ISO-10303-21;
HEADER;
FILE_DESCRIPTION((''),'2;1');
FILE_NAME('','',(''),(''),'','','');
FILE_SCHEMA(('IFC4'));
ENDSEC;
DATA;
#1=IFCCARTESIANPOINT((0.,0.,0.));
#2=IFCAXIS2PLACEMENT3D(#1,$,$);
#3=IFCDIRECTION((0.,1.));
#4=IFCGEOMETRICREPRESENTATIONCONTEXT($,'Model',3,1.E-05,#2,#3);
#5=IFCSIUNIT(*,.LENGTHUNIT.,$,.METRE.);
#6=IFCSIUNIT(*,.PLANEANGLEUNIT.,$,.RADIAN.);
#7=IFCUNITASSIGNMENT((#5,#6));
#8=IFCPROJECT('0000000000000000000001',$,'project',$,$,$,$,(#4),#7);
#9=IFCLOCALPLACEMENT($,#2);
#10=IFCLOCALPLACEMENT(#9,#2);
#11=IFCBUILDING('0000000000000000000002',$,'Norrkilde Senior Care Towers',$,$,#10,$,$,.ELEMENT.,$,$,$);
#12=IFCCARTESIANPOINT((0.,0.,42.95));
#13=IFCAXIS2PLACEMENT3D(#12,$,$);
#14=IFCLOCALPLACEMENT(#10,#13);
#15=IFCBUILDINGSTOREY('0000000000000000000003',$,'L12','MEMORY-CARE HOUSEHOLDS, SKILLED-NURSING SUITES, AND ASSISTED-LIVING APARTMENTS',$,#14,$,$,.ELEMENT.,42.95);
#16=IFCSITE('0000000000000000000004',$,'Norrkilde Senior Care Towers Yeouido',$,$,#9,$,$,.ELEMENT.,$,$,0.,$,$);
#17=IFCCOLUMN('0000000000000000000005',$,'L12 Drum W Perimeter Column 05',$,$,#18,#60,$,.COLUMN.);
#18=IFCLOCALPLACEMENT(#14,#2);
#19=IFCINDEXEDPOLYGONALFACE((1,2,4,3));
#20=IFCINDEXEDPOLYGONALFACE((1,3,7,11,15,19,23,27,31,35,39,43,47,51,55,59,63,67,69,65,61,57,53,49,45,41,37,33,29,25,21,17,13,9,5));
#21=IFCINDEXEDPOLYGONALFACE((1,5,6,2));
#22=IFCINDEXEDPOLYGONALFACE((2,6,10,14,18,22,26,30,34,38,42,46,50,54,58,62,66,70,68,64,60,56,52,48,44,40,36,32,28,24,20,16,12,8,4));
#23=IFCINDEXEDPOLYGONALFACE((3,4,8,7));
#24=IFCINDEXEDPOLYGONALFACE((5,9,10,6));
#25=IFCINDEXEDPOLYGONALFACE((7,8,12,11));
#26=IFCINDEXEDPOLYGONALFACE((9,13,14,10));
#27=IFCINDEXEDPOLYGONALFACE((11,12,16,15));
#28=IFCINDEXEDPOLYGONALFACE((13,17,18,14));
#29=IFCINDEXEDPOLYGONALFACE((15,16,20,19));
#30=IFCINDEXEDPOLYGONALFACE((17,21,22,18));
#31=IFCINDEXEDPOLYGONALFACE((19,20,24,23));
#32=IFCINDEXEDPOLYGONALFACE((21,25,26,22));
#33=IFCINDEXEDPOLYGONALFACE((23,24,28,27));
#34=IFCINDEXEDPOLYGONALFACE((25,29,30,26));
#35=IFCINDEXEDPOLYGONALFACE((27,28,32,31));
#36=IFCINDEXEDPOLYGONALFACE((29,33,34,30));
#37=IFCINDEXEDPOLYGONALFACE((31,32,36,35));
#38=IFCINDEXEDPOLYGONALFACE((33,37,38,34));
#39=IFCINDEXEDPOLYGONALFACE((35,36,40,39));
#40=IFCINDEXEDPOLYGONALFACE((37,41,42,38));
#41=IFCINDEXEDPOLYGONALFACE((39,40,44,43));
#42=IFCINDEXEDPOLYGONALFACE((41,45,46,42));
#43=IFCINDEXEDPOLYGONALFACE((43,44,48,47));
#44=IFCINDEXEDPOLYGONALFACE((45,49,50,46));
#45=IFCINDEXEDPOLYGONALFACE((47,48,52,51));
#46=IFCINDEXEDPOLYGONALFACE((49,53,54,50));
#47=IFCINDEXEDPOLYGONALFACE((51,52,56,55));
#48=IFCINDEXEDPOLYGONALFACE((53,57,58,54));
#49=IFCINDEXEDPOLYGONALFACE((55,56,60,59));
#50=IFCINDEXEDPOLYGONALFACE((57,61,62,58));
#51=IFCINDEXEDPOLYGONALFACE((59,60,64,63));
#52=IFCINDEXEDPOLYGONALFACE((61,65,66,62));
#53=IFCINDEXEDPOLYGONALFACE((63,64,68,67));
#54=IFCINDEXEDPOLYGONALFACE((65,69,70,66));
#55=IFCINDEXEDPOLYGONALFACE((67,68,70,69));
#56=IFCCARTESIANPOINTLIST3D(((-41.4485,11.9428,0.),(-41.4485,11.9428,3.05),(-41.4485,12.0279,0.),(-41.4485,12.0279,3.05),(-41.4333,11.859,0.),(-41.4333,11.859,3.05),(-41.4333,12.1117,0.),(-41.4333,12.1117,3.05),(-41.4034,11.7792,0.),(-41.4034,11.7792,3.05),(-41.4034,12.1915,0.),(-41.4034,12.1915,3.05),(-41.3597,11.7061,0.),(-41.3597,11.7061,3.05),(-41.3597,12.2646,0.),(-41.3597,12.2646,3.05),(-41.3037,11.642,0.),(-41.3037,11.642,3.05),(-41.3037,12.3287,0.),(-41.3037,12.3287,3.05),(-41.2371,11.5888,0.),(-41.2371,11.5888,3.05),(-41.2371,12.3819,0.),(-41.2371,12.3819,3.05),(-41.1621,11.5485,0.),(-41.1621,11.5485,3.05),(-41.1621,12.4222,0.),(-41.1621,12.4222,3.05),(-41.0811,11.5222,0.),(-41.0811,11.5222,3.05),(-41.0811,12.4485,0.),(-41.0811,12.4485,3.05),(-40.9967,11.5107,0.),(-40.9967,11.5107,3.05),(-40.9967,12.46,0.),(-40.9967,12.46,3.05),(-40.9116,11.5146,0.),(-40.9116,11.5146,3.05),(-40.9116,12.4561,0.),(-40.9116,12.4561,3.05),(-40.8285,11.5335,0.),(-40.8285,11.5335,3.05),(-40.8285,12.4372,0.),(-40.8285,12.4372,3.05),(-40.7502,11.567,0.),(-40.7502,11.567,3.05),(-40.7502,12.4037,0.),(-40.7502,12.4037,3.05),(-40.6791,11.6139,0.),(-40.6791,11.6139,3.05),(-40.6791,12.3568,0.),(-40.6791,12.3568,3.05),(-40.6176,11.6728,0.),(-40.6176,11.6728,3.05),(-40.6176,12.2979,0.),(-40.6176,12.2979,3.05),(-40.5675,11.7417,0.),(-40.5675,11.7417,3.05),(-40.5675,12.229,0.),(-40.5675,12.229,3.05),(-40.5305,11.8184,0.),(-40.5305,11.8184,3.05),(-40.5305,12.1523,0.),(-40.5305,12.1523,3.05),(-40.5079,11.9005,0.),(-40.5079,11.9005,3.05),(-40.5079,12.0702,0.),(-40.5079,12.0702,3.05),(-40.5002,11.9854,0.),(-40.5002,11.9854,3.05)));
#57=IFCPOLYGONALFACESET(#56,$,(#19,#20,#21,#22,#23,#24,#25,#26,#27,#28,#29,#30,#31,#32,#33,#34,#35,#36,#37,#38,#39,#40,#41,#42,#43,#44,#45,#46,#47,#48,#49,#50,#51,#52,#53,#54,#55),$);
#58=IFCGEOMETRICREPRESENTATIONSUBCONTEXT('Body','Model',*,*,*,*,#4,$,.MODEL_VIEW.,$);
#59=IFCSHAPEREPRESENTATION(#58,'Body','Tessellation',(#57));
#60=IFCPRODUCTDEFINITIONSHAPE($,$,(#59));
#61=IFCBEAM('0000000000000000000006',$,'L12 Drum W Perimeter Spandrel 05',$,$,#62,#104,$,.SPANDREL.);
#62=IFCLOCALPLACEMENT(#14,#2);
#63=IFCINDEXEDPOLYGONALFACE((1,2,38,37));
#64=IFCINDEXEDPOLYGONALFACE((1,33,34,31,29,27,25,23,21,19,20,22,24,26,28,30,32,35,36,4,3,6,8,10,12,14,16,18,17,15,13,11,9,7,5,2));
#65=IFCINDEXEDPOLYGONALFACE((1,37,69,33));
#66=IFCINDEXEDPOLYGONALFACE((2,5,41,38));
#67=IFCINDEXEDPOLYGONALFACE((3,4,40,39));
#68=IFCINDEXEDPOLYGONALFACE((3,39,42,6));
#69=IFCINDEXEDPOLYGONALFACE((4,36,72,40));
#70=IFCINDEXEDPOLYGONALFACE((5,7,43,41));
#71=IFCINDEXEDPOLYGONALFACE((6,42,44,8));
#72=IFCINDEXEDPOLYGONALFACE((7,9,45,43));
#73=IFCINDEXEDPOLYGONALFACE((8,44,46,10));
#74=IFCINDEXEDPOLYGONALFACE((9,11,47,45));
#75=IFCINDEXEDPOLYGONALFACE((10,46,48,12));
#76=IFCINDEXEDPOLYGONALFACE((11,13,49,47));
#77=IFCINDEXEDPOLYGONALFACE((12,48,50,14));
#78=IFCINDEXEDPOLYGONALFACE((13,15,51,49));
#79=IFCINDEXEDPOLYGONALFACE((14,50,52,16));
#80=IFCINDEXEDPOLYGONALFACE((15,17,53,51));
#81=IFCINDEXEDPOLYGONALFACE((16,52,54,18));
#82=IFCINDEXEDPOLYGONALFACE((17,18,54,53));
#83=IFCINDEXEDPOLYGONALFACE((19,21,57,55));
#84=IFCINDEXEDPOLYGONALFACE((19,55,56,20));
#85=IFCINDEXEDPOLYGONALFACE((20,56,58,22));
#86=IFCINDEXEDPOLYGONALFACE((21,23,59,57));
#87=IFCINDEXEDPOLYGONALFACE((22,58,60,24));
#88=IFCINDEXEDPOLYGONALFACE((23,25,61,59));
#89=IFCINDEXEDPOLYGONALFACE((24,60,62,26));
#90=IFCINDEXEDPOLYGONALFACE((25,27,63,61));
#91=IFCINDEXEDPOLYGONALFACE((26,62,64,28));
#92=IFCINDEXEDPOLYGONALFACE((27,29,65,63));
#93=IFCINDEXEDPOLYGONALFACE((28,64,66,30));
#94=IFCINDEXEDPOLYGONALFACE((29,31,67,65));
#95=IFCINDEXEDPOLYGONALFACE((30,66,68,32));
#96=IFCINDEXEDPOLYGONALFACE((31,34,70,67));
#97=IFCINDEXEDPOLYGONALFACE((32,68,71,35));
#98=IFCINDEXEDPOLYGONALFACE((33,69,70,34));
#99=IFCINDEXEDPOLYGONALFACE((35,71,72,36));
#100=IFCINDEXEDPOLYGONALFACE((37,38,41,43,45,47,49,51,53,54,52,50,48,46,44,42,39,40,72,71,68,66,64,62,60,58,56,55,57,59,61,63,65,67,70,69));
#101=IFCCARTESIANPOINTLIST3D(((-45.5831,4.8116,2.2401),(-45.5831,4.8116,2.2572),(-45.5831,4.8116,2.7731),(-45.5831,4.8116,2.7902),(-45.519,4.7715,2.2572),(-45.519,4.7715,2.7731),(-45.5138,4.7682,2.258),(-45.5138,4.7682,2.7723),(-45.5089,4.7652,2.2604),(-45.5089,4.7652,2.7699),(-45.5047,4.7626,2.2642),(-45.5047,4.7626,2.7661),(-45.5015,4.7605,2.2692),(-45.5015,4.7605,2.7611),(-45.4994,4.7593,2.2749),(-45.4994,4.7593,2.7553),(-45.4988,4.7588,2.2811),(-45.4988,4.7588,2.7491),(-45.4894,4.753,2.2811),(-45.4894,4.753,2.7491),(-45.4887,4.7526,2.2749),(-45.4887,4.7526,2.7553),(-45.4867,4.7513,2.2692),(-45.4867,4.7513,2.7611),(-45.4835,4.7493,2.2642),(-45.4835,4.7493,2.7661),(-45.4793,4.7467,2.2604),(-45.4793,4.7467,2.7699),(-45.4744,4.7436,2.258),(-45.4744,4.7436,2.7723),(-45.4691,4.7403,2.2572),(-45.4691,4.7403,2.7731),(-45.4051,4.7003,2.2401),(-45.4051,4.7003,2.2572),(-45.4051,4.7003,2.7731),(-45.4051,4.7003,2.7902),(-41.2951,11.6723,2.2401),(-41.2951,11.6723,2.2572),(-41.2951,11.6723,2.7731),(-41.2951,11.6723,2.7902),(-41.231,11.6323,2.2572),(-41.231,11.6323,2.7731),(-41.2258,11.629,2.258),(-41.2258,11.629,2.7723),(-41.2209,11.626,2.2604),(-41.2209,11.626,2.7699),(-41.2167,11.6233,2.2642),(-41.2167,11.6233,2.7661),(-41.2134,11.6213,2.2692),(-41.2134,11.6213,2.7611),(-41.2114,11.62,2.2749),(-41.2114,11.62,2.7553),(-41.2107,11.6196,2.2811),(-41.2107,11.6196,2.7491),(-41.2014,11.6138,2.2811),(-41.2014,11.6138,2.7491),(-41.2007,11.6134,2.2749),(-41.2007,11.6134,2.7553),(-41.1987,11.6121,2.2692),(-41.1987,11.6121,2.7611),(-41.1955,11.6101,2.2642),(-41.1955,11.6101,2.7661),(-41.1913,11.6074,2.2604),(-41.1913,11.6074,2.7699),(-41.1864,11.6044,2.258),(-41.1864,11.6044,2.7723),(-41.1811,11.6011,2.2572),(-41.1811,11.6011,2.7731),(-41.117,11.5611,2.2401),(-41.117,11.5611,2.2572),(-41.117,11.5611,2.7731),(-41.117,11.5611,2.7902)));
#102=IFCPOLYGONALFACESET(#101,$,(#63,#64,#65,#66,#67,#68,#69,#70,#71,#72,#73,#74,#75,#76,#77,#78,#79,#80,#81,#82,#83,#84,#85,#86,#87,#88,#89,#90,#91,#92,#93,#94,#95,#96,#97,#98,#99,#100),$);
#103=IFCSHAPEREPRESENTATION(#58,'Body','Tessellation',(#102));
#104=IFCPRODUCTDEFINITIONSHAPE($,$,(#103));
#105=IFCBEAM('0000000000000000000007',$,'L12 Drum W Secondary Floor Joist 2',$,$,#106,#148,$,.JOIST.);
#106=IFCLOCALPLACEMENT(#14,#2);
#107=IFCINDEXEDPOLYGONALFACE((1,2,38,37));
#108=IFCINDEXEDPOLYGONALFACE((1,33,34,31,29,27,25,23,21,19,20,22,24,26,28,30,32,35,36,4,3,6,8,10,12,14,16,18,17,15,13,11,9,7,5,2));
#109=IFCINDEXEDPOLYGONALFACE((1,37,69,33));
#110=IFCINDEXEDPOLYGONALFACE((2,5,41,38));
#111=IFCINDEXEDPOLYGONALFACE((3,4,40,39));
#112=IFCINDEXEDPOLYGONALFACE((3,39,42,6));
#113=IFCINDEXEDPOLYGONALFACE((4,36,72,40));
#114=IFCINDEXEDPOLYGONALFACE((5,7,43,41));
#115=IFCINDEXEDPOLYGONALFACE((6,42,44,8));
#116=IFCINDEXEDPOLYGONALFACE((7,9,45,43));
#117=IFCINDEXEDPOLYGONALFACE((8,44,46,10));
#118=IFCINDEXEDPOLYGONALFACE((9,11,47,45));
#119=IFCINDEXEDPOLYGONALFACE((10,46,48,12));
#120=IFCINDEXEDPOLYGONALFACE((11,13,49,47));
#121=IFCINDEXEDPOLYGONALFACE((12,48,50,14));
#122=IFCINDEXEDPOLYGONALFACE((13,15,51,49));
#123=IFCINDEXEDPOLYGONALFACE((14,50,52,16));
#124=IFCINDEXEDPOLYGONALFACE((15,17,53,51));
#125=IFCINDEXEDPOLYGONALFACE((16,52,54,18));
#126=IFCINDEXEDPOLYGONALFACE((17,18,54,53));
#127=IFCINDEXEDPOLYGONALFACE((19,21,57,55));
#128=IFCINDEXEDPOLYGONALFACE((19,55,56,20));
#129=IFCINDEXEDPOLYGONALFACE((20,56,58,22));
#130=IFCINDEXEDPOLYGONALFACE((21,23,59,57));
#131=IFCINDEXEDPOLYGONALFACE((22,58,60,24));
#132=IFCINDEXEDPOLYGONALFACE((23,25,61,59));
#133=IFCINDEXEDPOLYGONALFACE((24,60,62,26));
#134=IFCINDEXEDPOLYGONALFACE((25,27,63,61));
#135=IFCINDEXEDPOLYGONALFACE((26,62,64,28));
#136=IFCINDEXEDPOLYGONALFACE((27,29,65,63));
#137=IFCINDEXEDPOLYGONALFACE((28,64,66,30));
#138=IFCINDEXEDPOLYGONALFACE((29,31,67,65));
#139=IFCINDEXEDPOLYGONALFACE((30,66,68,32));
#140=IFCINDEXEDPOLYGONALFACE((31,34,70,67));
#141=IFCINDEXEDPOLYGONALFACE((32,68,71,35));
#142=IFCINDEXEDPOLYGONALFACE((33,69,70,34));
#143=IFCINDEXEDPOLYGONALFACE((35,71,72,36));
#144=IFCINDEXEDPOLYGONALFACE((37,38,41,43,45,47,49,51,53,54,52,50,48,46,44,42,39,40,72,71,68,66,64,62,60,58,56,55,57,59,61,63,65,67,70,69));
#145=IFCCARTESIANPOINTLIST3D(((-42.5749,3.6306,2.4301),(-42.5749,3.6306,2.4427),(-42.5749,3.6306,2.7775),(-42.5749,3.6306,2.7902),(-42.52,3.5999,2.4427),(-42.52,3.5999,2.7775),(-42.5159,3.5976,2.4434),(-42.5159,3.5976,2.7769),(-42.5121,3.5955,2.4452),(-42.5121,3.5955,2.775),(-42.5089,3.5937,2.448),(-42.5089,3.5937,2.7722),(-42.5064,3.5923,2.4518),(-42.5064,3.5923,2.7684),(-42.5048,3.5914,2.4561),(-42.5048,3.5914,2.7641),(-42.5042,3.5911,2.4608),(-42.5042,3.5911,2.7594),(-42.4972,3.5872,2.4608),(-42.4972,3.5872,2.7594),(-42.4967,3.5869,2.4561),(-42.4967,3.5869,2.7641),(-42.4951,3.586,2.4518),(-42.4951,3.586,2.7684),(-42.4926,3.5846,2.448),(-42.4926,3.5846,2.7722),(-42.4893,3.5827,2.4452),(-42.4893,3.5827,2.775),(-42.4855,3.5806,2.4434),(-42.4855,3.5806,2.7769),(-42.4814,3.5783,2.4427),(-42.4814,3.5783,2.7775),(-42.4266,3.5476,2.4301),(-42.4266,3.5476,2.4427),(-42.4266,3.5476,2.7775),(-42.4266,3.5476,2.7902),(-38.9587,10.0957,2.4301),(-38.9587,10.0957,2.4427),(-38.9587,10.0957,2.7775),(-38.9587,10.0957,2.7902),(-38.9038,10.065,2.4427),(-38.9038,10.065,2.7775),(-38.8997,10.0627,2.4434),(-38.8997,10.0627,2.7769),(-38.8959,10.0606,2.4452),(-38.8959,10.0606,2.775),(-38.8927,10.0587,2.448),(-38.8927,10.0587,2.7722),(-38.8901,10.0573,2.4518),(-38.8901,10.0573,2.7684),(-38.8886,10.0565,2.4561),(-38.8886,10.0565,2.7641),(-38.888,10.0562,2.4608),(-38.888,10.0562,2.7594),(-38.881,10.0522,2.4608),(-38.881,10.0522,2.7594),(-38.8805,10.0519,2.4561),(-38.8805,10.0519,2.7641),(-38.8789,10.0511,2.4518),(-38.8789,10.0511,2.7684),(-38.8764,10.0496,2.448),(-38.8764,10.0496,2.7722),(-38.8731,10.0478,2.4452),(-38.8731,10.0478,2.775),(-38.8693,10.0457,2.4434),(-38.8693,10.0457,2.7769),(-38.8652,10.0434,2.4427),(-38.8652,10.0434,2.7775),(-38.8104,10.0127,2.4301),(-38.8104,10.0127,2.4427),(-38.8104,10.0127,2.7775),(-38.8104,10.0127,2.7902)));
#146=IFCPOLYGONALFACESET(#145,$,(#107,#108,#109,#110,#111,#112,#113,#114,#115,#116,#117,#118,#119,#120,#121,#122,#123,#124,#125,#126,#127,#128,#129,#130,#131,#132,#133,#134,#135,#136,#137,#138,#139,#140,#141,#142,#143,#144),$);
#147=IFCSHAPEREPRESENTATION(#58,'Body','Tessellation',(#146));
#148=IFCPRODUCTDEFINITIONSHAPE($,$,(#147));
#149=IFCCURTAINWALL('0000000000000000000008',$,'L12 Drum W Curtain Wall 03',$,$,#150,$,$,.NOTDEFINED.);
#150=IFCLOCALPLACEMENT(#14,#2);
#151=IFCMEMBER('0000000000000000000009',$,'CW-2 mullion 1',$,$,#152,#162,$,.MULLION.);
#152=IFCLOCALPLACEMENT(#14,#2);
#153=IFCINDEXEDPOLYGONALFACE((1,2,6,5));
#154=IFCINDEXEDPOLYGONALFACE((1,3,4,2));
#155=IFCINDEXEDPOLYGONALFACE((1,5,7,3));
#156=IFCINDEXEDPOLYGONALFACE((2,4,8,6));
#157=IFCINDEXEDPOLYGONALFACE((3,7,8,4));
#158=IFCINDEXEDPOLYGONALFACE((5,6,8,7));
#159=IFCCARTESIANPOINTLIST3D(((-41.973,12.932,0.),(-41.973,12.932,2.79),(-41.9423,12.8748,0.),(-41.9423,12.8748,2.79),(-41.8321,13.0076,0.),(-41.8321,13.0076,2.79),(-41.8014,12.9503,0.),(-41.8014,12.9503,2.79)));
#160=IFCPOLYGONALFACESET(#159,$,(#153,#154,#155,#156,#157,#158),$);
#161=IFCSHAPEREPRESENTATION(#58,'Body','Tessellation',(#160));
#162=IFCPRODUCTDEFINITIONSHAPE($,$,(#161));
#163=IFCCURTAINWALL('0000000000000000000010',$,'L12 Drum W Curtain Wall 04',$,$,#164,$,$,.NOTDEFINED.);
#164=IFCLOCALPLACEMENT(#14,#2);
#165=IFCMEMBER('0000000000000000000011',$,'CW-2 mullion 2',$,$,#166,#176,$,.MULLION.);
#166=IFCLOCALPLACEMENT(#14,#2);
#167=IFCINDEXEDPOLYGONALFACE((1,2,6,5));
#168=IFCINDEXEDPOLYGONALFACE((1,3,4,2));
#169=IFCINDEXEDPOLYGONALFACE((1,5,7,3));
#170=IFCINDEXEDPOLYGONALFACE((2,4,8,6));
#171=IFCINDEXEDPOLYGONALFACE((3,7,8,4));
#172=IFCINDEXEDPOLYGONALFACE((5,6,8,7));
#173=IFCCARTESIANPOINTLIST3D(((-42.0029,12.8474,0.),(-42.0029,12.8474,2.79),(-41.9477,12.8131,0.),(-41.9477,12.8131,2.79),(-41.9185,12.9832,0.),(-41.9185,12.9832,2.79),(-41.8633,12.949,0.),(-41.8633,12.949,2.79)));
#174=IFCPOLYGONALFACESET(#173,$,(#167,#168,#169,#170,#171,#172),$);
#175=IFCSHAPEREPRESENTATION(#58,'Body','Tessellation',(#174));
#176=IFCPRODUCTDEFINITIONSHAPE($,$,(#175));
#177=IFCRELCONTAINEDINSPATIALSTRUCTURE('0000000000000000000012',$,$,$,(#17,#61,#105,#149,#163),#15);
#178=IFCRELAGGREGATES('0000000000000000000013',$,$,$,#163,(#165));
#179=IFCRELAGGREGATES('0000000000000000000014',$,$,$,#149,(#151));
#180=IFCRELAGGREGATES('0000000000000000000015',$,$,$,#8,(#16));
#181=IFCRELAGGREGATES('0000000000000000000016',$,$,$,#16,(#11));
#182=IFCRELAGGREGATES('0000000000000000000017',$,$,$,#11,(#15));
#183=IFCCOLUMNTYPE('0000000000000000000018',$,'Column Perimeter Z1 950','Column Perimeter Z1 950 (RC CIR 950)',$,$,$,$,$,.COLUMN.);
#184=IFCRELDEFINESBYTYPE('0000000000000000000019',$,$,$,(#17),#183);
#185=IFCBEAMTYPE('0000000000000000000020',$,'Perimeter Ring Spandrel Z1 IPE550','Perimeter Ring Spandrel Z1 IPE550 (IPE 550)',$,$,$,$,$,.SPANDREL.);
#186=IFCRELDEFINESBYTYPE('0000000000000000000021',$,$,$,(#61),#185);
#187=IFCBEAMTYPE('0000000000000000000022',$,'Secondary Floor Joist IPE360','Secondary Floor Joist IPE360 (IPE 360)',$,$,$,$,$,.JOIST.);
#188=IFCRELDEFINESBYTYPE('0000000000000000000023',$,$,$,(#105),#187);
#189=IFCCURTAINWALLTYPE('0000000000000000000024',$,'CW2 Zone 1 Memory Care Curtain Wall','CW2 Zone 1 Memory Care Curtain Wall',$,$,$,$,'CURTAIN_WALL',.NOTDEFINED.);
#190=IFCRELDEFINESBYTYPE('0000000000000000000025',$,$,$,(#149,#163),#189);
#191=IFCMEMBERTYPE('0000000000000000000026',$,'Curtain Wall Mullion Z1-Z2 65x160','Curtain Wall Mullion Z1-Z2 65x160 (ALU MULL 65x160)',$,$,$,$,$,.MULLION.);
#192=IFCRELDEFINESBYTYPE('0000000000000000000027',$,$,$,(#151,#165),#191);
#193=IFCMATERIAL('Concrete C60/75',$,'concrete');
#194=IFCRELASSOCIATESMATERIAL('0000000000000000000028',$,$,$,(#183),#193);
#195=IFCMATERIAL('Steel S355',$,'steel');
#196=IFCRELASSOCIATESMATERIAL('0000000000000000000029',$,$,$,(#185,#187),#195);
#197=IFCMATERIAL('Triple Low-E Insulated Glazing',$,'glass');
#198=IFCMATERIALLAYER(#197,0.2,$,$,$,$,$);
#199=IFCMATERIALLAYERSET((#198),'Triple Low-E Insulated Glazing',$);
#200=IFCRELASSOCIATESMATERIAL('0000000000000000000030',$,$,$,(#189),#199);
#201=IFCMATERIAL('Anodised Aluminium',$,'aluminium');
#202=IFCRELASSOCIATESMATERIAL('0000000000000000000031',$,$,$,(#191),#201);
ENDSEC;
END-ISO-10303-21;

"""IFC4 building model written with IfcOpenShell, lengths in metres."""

from ifc_helpers import new_model, si_unit, direction, frame, origin, origin_2d, place, context, subcontext, project, spatial, rectangle, circle, i_section, extrude, source, transform, mapped, material, layer, layer_set, material_profile, profile_set, type_object, type_shapes, element, aggregate, save


model = new_model("IFC4")

# Units and contexts
model_context = context("Model", 3, precision=1e-05, world=origin(), true_north=direction((0.0, 1.0)))
body_context = subcontext(model_context, "Body", "Model", "MODEL_VIEW")
ifc_project = project(units=[si_unit("LENGTHUNIT", "METRE"), si_unit("PLANEANGLEUNIT", "RADIAN")], contexts=[model_context])

# Site, building, storey
site_placement = place(None, origin())
site = spatial("IfcSite", under=ifc_project, at=site_placement, Name="Norrkilde Senior Care Towers Yeouido", CompositionType="ELEMENT", RefElevation=0.0)
building_placement = place(site_placement, origin())
building = spatial("IfcBuilding", under=site, at=building_placement, Name="Norrkilde Senior Care Towers", CompositionType="ELEMENT")
storey_placement = place(building_placement, frame((0.0, 0.0, 42.95)))
storey = spatial("IfcBuildingStorey", under=building, at=storey_placement, Name="L12", Description="MEMORY-CARE HOUSEHOLDS, SKILLED-NURSING SUITES, AND ASSISTED-LIVING APARTMENTS", CompositionType="ELEMENT", Elevation=42.95)

# Column
ifc_material_1 = material(Name="Concrete C60/75", Category="concrete")
ifc_material_profile_1 = material_profile(ifc_material_1, circle(Radius=0.4751, at=origin_2d()), Name="RC CIR 950")
ifc_profile_set_1 = profile_set([ifc_material_profile_1], Name="Concrete C60/75")
column_type = type_object("IfcColumnType", Name="Column Perimeter Z1 950", Description="Column Perimeter Z1 950 (RC CIR 950)", PredefinedType="COLUMN", material=ifc_profile_set_1)
shared_shape_1 = source(origin(), body_context, "Body", "SweptSolid", [
    extrude(circle(Radius=0.4751, at=origin_2d()), origin(), (0.0, 0.0, 1.0), 3.05),
])
type_shapes(column_type, [shared_shape_1])
column_placement = place(storey_placement, frame((-40.9753, 11.9854, 0.0), z_axis=(0.0, 0.0, 1.0), x_axis=(1.0, 0.0, 0.0)))
element("IfcColumn", 1, at=column_placement, inside=storey, type_object=column_type, Name="L12 Drum W Perimeter Column 05", PredefinedType="COLUMN", context=body_context, shape_type="MappedRepresentation", body=[
    mapped(shared_shape_1, transform((0.0, 0.0, 0.0), x_axis=(1.0, 0.0, 0.0), y_axis=(0.0, 1.0, 0.0), z_axis=(0.0, 0.0, 1.0), scale=1.0)),
])

# Beams
ifc_material_2 = material(Name="Steel S355", Category="steel")
ifc_material_profile_2 = material_profile(ifc_material_2, i_section(OverallWidth=0.21, OverallDepth=0.55, WebThickness=0.011, FlangeThickness=0.0171, FilletRadius=0.0239, at=origin_2d()), Name="IPE 550")
ifc_profile_set_2 = profile_set([ifc_material_profile_2], Name="Steel S355")
beam_type_1 = type_object("IfcBeamType", Name="Perimeter Ring Spandrel Z1 IPE550", Description="Perimeter Ring Spandrel Z1 IPE550 (IPE 550)", PredefinedType="SPANDREL", material=ifc_profile_set_2)
shared_shape_2 = source(origin(), body_context, "Body", "SweptSolid", [
    extrude(i_section(OverallWidth=0.21, OverallDepth=0.55, WebThickness=0.011, FlangeThickness=0.0171, FilletRadius=0.0239, at=origin_2d()), origin(), (0.0, 0.0, 1.0), 8.0906),
])
type_shapes(beam_type_1, [shared_shape_2])
beam_1_placement = place(storey_placement, frame((-41.2061, 11.6167, 2.5151), z_axis=(-0.530004, -0.847995, 0.0), x_axis=(0.847995, -0.530004, 0.0)))
element("IfcBeam", 2, at=beam_1_placement, inside=storey, type_object=beam_type_1, Name="L12 Drum W Perimeter Spandrel 05", PredefinedType="SPANDREL", context=body_context, shape_type="MappedRepresentation", body=[
    mapped(shared_shape_2, transform((0.0, 0.0, 0.0), x_axis=(1.0, 0.0, 0.0), y_axis=(0.0, 1.0, 0.0), z_axis=(0.0, 0.0, 1.0), scale=1.0)),
])
ifc_material_profile_3 = material_profile(ifc_material_2, i_section(OverallWidth=0.1699, OverallDepth=0.3601, WebThickness=0.0081, FlangeThickness=0.0127, FilletRadius=0.0181, at=origin_2d()), Name="IPE 360")
ifc_profile_set_3 = profile_set([ifc_material_profile_3], Name="Steel S355")
beam_type_2 = type_object("IfcBeamType", Name="Secondary Floor Joist IPE360", Description="Secondary Floor Joist IPE360 (IPE 360)", PredefinedType="JOIST", material=ifc_profile_set_3)
shared_shape_3 = source(origin(), body_context, "Body", "SweptSolid", [
    extrude(i_section(OverallWidth=0.1699, OverallDepth=0.3601, WebThickness=0.0081, FlangeThickness=0.0127, FilletRadius=0.0181, at=origin_2d()), origin(), (0.0, 0.0, 1.0), 7.4077),
])
type_shapes(beam_type_2, [shared_shape_3])
beam_2_placement = place(storey_placement, frame((-38.8845, 10.0542, 2.6101), z_axis=(-0.488168, -0.87275, 0.0), x_axis=(0.87275, -0.488168, 0.0)))
element("IfcBeam", 3, at=beam_2_placement, inside=storey, type_object=beam_type_2, Name="L12 Drum W Secondary Floor Joist 2", PredefinedType="JOIST", context=body_context, shape_type="MappedRepresentation", body=[
    mapped(shared_shape_3, transform((0.0, 0.0, 0.0), x_axis=(1.0, 0.0, 0.0), y_axis=(0.0, 1.0, 0.0), z_axis=(0.0, 0.0, 1.0), scale=1.0)),
])

# Curtain walls, members
ifc_material_3 = material(Name="Triple Low-E Insulated Glazing", Category="glass")
ifc_layer_1 = layer(ifc_material_3, 0.2)
ifc_layer_set_1 = layer_set([ifc_layer_1], Name="Triple Low-E Insulated Glazing")
curtain_wall_type = type_object("IfcCurtainWallType", Name="CW2 Zone 1 Memory Care Curtain Wall", Description="CW2 Zone 1 Memory Care Curtain Wall", ElementType="CURTAIN_WALL", PredefinedType="NOTDEFINED", material=ifc_layer_set_1)
curtain_wall_1_placement = place(storey_placement, origin())
curtain_wall_1 = element("IfcCurtainWall", 4, at=curtain_wall_1_placement, inside=storey, type_object=curtain_wall_type, Name="L12 Drum W Curtain Wall 03", PredefinedType="NOTDEFINED")
ifc_material_4 = material(Name="Anodised Aluminium", Category="aluminium")
ifc_material_profile_4 = material_profile(ifc_material_4, rectangle(XDim=0.0649, YDim=0.1599, at=origin_2d()), Name="ALU MULL 65x160")
ifc_profile_set_4 = profile_set([ifc_material_profile_4], Name="Anodised Aluminium")
member_type_1 = type_object("IfcMemberType", Name="Curtain Wall Mullion Z1-Z2 65x160", Description="Curtain Wall Mullion Z1-Z2 65x160 (ALU MULL 65x160)", PredefinedType="MULLION", material=ifc_profile_set_4)
shared_shape_4 = source(origin(), body_context, "Body", "SweptSolid", [
    extrude(rectangle(XDim=0.0649, YDim=0.1599, at=origin_2d()), origin(), (0.0, 0.0, 1.0), 2.79),
])
type_shapes(member_type_1, [shared_shape_4])
member_1_placement = place(storey_placement, frame((-41.8872, 12.9412, 0.0), z_axis=(0.0, 0.0, 1.0), x_axis=(-0.472608, 0.881273, 0.0)))
member_1 = element("IfcMember", 5, at=member_1_placement, type_object=member_type_1, Name="CW-2 mullion 1", PredefinedType="MULLION", context=body_context, shape_type="MappedRepresentation", body=[
    mapped(shared_shape_4, transform((0.0, 0.0, 0.0), x_axis=(1.0, 0.0, 0.0), y_axis=(0.0, 1.0, 0.0), z_axis=(0.0, 0.0, 1.0), scale=1.0)),
])
curtain_wall_2_placement = place(storey_placement, origin())
curtain_wall_2 = element("IfcCurtainWall", 6, at=curtain_wall_2_placement, inside=storey, type_object=curtain_wall_type, Name="L12 Drum W Curtain Wall 04", PredefinedType="NOTDEFINED")
member_2_placement = place(storey_placement, frame((-41.9331, 12.8982, 0.0), z_axis=(0.0, 0.0, 1.0), x_axis=(-0.849306, 0.527901, 0.0)))
member_2 = element("IfcMember", 7, at=member_2_placement, type_object=member_type_1, Name="CW-2 mullion 2", PredefinedType="MULLION", context=body_context, shape_type="MappedRepresentation", body=[
    mapped(shared_shape_4, transform((0.0, 0.0, 0.0), x_axis=(1.0, 0.0, 0.0), y_axis=(0.0, 1.0, 0.0), z_axis=(0.0, 0.0, 1.0), scale=1.0)),
])

aggregate(curtain_wall_2, [member_2])
aggregate(curtain_wall_1, [member_1])

save(model, "model.ifc")
